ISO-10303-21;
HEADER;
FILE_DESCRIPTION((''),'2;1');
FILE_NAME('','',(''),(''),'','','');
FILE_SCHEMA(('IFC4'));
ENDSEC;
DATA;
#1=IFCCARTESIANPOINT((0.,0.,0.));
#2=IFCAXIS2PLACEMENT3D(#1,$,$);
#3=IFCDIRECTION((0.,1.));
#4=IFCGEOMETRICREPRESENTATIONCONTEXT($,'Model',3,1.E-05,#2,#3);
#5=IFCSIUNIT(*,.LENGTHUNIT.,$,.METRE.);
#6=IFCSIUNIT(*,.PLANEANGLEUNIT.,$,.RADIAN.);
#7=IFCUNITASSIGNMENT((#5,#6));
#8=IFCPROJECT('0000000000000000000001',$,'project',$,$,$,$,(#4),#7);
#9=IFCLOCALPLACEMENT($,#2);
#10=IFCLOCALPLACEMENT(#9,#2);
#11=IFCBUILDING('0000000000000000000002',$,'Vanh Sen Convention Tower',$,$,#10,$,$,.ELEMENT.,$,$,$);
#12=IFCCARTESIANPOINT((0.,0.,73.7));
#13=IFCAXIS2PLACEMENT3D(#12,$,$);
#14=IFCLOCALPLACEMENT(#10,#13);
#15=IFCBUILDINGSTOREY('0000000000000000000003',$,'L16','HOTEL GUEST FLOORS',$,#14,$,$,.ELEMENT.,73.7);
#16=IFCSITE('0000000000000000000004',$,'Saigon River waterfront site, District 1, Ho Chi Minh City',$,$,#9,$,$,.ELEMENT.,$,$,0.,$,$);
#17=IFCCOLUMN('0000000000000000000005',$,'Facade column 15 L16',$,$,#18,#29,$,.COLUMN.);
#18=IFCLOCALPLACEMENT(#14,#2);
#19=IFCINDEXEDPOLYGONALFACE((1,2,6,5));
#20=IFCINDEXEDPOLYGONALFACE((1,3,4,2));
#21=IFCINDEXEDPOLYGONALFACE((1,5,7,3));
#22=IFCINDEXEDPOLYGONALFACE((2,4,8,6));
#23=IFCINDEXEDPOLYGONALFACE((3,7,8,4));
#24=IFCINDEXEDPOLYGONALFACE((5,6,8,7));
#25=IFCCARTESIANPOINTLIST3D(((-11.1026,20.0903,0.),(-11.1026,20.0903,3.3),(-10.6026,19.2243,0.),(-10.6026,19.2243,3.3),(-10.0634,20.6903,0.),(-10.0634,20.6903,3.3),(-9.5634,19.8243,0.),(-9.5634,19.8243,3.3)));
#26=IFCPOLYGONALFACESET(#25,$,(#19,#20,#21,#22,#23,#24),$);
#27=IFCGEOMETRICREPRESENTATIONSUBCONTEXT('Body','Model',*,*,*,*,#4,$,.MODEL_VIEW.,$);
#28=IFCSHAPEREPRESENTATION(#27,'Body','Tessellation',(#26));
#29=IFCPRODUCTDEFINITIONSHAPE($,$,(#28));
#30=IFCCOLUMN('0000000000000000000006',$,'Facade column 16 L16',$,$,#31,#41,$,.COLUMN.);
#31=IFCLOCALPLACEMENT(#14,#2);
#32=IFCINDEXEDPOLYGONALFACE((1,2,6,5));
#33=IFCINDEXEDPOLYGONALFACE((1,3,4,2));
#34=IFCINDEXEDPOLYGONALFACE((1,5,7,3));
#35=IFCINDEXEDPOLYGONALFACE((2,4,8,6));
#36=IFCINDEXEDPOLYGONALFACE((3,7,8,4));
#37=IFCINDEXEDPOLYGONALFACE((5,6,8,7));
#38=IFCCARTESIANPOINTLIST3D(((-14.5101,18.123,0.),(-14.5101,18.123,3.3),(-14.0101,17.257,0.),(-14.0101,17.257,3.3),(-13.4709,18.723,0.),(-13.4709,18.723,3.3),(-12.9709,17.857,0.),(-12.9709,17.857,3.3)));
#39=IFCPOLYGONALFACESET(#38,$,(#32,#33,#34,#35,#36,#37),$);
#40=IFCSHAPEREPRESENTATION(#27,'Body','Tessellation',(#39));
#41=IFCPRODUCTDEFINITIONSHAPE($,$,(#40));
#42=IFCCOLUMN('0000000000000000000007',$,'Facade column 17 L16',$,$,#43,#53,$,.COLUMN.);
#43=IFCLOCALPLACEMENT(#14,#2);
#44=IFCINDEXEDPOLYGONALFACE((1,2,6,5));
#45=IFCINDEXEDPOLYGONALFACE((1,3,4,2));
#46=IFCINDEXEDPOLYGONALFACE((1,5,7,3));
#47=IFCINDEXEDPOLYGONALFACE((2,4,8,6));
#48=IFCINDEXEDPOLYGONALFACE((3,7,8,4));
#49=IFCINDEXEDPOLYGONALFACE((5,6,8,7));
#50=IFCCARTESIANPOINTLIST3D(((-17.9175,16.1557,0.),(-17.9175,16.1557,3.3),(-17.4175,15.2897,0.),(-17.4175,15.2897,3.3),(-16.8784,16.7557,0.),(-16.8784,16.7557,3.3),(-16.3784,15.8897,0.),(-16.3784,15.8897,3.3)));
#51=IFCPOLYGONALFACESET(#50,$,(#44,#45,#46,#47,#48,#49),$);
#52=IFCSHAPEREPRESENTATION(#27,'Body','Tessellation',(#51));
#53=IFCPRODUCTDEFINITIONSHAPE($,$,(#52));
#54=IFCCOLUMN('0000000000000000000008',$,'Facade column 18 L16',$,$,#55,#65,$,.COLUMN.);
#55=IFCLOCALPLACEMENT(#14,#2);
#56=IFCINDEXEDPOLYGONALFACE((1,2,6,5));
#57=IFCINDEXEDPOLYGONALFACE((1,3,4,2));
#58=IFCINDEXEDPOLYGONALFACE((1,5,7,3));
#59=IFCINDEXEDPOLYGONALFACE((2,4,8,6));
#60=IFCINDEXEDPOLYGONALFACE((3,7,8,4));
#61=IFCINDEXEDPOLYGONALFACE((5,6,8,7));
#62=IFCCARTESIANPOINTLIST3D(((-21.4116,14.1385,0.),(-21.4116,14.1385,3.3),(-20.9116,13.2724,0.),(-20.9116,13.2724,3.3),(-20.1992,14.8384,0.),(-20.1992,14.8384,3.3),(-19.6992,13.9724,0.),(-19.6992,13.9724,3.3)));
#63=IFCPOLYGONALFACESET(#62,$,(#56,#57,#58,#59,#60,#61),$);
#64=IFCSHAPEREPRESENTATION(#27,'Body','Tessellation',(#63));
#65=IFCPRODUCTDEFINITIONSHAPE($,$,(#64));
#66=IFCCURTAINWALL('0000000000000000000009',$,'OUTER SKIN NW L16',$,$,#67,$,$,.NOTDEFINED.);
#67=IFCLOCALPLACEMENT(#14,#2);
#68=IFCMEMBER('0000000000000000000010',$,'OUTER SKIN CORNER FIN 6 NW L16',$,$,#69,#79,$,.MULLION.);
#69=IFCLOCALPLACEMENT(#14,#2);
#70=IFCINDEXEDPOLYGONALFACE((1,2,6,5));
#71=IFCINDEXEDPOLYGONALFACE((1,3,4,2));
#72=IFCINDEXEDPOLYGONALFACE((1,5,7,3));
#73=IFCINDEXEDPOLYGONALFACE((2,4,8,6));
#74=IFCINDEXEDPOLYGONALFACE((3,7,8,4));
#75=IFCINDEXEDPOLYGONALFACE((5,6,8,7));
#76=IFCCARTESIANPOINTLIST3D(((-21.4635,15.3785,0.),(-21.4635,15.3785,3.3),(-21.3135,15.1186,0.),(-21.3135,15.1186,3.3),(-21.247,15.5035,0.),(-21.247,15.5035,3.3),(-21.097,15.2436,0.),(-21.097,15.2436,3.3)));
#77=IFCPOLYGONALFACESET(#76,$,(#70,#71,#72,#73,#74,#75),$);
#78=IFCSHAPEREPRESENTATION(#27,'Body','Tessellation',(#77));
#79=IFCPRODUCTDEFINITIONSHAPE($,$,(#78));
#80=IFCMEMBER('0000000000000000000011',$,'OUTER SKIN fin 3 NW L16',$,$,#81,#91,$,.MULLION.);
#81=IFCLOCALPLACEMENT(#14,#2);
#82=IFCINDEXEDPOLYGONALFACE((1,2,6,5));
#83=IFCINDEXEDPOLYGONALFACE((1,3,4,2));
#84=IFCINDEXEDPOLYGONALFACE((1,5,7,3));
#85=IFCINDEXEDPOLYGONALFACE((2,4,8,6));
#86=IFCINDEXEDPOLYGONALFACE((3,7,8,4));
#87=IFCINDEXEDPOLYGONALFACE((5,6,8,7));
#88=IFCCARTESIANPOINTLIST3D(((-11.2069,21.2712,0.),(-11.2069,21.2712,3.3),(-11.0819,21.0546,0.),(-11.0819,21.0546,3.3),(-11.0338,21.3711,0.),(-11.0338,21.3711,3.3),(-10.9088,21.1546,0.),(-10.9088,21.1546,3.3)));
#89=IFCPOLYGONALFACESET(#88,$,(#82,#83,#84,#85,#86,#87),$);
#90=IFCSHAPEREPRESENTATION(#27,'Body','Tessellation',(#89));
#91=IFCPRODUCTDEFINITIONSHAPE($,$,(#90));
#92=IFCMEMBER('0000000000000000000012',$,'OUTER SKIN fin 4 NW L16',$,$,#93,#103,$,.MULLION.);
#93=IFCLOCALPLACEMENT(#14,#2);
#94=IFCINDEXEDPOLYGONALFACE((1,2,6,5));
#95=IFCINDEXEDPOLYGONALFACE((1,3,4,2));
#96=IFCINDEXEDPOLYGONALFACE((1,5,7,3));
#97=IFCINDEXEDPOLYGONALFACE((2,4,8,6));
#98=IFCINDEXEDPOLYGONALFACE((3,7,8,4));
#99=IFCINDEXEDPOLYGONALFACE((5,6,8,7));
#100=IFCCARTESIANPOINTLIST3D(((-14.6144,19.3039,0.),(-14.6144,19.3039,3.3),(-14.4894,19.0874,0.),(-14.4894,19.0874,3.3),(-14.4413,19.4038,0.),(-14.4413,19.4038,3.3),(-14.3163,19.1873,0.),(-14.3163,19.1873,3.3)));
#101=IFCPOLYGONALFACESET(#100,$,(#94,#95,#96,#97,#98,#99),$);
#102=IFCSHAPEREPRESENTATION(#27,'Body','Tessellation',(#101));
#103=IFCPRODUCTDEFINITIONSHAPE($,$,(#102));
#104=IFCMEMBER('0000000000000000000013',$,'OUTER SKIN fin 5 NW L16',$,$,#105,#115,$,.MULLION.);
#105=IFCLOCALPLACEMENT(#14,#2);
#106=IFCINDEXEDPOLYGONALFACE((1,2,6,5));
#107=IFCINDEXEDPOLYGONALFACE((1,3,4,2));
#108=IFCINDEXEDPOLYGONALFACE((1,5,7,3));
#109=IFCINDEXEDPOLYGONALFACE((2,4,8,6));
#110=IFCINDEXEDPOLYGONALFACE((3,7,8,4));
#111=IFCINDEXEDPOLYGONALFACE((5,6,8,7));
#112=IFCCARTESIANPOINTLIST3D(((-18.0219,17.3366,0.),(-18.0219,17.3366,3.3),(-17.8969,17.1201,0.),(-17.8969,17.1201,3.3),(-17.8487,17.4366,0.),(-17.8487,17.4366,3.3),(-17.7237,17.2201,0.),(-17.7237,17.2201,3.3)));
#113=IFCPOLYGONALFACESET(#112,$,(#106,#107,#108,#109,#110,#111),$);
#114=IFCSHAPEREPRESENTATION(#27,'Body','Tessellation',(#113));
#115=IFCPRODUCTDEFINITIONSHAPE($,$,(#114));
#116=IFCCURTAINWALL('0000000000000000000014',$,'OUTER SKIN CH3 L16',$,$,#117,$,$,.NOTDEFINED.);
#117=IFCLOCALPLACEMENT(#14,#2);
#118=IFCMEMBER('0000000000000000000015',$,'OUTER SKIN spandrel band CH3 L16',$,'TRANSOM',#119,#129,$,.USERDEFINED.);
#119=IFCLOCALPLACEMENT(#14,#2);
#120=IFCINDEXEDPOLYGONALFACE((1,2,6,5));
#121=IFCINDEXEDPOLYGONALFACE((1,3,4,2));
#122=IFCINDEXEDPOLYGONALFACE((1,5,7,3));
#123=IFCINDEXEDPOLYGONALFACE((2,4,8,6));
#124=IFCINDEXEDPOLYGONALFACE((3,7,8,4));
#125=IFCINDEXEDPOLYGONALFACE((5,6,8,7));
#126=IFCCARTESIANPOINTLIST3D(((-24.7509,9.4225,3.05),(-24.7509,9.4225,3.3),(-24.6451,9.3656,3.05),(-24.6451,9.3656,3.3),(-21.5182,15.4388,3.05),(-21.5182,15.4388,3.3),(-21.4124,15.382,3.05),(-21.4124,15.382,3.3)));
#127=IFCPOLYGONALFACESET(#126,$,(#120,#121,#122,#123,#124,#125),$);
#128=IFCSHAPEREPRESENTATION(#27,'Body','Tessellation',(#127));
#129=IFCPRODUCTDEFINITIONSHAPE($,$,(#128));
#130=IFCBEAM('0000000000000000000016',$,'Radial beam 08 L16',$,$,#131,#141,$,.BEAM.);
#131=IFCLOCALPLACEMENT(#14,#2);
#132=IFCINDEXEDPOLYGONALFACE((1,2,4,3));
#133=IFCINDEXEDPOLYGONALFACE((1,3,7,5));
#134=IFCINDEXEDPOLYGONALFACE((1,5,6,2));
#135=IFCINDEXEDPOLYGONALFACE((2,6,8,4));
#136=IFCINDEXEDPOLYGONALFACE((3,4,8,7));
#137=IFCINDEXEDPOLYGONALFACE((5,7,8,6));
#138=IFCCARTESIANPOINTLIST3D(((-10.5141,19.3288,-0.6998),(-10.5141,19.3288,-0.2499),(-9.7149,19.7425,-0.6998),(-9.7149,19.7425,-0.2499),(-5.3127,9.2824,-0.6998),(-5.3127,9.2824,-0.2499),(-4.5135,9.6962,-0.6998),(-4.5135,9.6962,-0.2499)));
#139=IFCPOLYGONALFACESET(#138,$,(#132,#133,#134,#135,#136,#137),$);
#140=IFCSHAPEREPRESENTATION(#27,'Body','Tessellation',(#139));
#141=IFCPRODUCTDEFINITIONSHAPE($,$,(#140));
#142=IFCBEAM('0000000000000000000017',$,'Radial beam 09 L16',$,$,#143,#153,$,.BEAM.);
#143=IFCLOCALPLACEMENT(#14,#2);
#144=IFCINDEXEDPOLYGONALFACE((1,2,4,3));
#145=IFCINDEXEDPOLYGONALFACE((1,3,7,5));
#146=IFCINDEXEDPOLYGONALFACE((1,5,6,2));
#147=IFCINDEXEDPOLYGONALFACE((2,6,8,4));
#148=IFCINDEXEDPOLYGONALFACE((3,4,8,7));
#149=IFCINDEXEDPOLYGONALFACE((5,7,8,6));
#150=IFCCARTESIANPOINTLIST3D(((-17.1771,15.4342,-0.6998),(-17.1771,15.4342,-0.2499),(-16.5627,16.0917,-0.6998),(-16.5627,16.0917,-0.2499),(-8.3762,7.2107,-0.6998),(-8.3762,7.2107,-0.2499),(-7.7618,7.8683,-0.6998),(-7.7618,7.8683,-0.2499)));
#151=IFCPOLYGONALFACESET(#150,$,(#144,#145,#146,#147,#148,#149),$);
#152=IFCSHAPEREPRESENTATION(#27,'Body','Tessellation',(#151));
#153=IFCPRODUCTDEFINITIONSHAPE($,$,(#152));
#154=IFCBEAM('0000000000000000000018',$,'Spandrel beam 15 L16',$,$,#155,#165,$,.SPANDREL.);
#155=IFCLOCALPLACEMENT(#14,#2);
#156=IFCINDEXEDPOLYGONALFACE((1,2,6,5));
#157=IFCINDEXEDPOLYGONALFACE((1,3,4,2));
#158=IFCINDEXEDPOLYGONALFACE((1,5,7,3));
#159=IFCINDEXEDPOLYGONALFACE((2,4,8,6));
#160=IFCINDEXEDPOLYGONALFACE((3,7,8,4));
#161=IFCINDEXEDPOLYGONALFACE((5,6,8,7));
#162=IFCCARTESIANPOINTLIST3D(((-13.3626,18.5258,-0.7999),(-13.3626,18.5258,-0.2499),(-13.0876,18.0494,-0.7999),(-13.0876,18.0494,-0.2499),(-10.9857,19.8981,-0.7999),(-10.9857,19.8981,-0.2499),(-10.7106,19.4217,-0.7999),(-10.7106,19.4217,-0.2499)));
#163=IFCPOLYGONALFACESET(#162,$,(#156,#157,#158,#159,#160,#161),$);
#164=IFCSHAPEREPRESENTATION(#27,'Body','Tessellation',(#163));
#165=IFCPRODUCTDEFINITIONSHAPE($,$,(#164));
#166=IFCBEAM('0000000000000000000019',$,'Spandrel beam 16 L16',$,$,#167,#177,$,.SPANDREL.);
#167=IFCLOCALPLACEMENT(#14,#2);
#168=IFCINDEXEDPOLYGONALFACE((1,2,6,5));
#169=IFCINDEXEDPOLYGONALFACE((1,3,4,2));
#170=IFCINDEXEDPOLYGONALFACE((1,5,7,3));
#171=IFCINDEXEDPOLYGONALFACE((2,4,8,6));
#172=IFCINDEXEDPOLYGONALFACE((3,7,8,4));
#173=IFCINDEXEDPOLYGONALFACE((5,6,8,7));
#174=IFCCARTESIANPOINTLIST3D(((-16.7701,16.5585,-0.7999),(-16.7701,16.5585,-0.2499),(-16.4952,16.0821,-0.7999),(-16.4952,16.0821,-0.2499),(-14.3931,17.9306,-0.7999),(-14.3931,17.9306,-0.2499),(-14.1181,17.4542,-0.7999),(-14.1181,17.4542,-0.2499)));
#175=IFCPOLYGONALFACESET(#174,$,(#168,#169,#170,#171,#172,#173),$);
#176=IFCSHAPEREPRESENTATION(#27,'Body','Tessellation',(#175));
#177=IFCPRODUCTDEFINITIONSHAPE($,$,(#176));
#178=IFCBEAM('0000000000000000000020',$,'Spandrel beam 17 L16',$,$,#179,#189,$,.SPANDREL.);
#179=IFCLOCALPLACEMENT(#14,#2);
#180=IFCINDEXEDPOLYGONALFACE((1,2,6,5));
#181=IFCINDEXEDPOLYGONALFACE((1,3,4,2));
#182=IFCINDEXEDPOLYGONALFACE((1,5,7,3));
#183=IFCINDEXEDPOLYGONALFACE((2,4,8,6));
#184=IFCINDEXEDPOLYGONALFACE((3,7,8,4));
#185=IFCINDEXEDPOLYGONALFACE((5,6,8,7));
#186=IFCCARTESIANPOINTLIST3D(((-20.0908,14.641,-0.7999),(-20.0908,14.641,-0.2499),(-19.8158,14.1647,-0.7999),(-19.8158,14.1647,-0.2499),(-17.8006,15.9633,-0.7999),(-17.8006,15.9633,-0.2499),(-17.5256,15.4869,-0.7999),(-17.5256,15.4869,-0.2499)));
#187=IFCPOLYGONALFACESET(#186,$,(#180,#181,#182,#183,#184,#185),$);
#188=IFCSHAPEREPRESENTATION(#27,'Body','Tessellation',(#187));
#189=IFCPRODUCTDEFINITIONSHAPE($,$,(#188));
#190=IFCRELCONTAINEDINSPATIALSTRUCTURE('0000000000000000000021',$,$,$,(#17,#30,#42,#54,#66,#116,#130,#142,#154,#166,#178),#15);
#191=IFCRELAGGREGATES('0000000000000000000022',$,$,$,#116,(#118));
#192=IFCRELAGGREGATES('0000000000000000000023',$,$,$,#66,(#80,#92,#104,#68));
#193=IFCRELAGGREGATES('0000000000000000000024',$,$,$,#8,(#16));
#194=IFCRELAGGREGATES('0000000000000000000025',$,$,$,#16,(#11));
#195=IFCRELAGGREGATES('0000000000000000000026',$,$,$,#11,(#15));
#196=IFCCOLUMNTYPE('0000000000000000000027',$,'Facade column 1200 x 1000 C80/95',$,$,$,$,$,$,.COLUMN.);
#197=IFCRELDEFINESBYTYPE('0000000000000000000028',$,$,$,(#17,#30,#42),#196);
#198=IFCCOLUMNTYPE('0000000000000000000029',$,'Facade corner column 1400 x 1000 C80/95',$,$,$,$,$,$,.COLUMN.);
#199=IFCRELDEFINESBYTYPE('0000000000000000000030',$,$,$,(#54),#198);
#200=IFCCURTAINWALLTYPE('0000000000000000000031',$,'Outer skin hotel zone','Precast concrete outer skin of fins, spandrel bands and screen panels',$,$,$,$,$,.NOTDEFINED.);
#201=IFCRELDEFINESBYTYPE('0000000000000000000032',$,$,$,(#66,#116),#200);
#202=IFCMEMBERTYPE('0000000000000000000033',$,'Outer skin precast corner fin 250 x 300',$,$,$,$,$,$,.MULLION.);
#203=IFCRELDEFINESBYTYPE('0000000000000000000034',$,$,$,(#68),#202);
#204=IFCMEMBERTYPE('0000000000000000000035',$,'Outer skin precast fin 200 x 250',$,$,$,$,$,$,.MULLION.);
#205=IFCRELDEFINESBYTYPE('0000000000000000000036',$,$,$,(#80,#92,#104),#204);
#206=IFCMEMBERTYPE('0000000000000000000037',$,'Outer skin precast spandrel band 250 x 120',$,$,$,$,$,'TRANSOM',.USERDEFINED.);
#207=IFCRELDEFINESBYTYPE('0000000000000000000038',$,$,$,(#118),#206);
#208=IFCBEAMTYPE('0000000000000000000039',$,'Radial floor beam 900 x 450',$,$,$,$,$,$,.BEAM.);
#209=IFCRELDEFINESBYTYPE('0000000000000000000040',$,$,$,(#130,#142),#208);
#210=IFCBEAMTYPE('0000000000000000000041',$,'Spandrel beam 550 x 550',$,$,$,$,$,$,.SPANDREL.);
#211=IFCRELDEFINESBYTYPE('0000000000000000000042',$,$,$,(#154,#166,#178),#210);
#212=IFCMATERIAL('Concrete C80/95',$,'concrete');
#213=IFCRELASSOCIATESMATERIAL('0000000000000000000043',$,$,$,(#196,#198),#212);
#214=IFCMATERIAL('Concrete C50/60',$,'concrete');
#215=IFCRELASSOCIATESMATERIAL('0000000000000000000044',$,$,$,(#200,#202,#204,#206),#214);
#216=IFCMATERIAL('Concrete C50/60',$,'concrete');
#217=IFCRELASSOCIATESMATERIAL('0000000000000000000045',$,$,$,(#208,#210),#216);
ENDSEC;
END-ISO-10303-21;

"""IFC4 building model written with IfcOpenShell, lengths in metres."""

from ifc_helpers import new_model, si_unit, direction, frame, origin, origin_2d, place, context, subcontext, project, spatial, rectangle, extrude, material, material_profile, profile_set, type_object, element, aggregate, save


model = new_model("IFC4")

# Units and contexts
model_context = context("Model", 3, precision=1e-05, world=origin(), true_north=direction((0.0, 1.0)))
body_context = subcontext(model_context, "Body", "Model", "MODEL_VIEW")
ifc_project = project(units=[si_unit("LENGTHUNIT", "METRE"), si_unit("PLANEANGLEUNIT", "RADIAN")], contexts=[model_context])

# Site, building, storey
site_placement = place(None, origin())
site = spatial("IfcSite", under=ifc_project, at=site_placement, Name="Saigon River waterfront site, District 1, Ho Chi Minh City", CompositionType="ELEMENT", RefElevation=0.0)
building_placement = place(site_placement, origin())
building = spatial("IfcBuilding", under=site, at=building_placement, Name="Vanh Sen Convention Tower", CompositionType="ELEMENT")
storey_placement = place(building_placement, frame((0.0, 0.0, 73.7)))
storey = spatial("IfcBuildingStorey", under=building, at=storey_placement, Name="L16", Description="HOTEL GUEST FLOORS", CompositionType="ELEMENT", Elevation=73.7)

# Columns
ifc_material_1 = material(Name="Concrete C80/95", Category="concrete")
ifc_material_profile_1 = material_profile(ifc_material_1, rectangle(XDim=1.2, YDim=1.0, at=origin_2d()), Name="RC 1200X1000")
ifc_profile_set_1 = profile_set([ifc_material_profile_1], Name="Concrete C80/95")
column_type_1 = type_object("IfcColumnType", Name="Facade column 1200 x 1000 C80/95", PredefinedType="COLUMN", material=ifc_profile_set_1)
for number, where, z_axis, x_axis, name in (
    (1, (-10.333, 19.9573, 0.0), (0.0, 0.0, 1.0), (-0.866025, -0.5, 0.0), "Facade column 15 L16"),
    (2, (-13.7405, 17.99, 0.0), (0.0, 0.0, 1.0), (-0.866025, -0.5, 0.0), "Facade column 16 L16"),
    (3, (-17.1479, 16.0227, 0.0), (0.0, 0.0, 1.0), (-0.866025, -0.5, 0.0), "Facade column 17 L16"),
):
    element("IfcColumn", number, at=place(storey_placement, frame(where, z_axis=z_axis, x_axis=x_axis)), inside=storey, type_object=column_type_1, Name=name, PredefinedType="COLUMN", context=body_context, shape_type="SweptSolid", body=[
        extrude(rectangle(XDim=1.2, YDim=1.0, at=origin_2d()), origin(), (0.0, 0.0, 1.0), 3.3),
    ])
ifc_material_profile_2 = material_profile(ifc_material_1, rectangle(XDim=1.3999, YDim=1.0, at=origin_2d()), Name="RC 1400X1000")
ifc_profile_set_2 = profile_set([ifc_material_profile_2], Name="Concrete C80/95")
column_type_2 = type_object("IfcColumnType", Name="Facade corner column 1400 x 1000 C80/95", PredefinedType="COLUMN", material=ifc_profile_set_2)
column_placement = place(storey_placement, frame((-20.5554, 14.0554, 0.0), z_axis=(0.0, 0.0, 1.0), x_axis=(-0.866025, -0.5, 0.0)))
element("IfcColumn", 4, at=column_placement, inside=storey, type_object=column_type_2, Name="Facade column 18 L16", PredefinedType="COLUMN", context=body_context, shape_type="SweptSolid", body=[
    extrude(rectangle(XDim=1.3999, YDim=1.0, at=origin_2d()), origin(), (0.0, 0.0, 1.0), 3.3),
])

# Curtain wall, members
ifc_material_2 = material(Name="Concrete C50/60", Category="concrete")
curtain_wall_type = type_object("IfcCurtainWallType", Name="Outer skin hotel zone", Description="Precast concrete outer skin of fins, spandrel bands and screen panels", PredefinedType="NOTDEFINED", material=ifc_material_2)
curtain_wall_1_placement = place(storey_placement, origin())
curtain_wall_1 = element("IfcCurtainWall", 5, at=curtain_wall_1_placement, inside=storey, type_object=curtain_wall_type, Name="OUTER SKIN NW L16", PredefinedType="NOTDEFINED")
ifc_material_profile_3 = material_profile(ifc_material_2, rectangle(XDim=0.25, YDim=0.3, at=origin_2d()), Name="Outer skin precast corner fin 250 x 300")
ifc_profile_set_3 = profile_set([ifc_material_profile_3], Name="Concrete C50/60")
member_type_1 = type_object("IfcMemberType", Name="Outer skin precast corner fin 250 x 300", PredefinedType="MULLION", material=ifc_profile_set_3)
member_1_placement = place(storey_placement, frame((-21.2803, 15.311, 0.0), z_axis=(0.0, 0.0, 1.0), x_axis=(-0.866025, -0.5, 0.0)))
member_1 = element("IfcMember", 6, at=member_1_placement, type_object=member_type_1, Name="OUTER SKIN CORNER FIN 6 NW L16", PredefinedType="MULLION", context=body_context, shape_type="SweptSolid", body=[
    extrude(rectangle(XDim=0.25, YDim=0.3, at=origin_2d()), origin(), (0.0, 0.0, 1.0), 3.3),
])
ifc_material_profile_4 = material_profile(ifc_material_2, rectangle(XDim=0.2, YDim=0.25, at=origin_2d()), Name="Outer skin precast fin 200 x 250")
ifc_profile_set_4 = profile_set([ifc_material_profile_4], Name="Concrete C50/60")
member_type_2 = type_object("IfcMemberType", Name="Outer skin precast fin 200 x 250", PredefinedType="MULLION", material=ifc_profile_set_4)
member_2_placement = place(storey_placement, frame((-11.0579, 21.2129, 0.0), z_axis=(0.0, 0.0, 1.0), x_axis=(-0.866025, -0.5, 0.0)))
member_2 = element("IfcMember", 7, at=member_2_placement, type_object=member_type_2, Name="OUTER SKIN fin 3 NW L16", PredefinedType="MULLION", context=body_context, shape_type="SweptSolid", body=[
    extrude(rectangle(XDim=0.2, YDim=0.25, at=origin_2d()), origin(), (0.0, 0.0, 1.0), 3.3),
])
member_3_placement = place(storey_placement, frame((-14.4653, 19.2456, 0.0), z_axis=(0.0, 0.0, 1.0), x_axis=(-0.866025, -0.5, 0.0)))
member_3 = element("IfcMember", 8, at=member_3_placement, type_object=member_type_2, Name="OUTER SKIN fin 4 NW L16", PredefinedType="MULLION", context=body_context, shape_type="SweptSolid", body=[
    extrude(rectangle(XDim=0.2, YDim=0.25, at=origin_2d()), origin(), (0.0, 0.0, 1.0), 3.3),
])
member_4_placement = place(storey_placement, frame((-17.8728, 17.2783, 0.0), z_axis=(0.0, 0.0, 1.0), x_axis=(-0.866025, -0.5, 0.0)))
member_4 = element("IfcMember", 9, at=member_4_placement, type_object=member_type_2, Name="OUTER SKIN fin 5 NW L16", PredefinedType="MULLION", context=body_context, shape_type="SweptSolid", body=[
    extrude(rectangle(XDim=0.2, YDim=0.25, at=origin_2d()), origin(), (0.0, 0.0, 1.0), 3.3),
])

# Curtain wall, member
curtain_wall_2_placement = place(storey_placement, origin())
curtain_wall_2 = element("IfcCurtainWall", 10, at=curtain_wall_2_placement, inside=storey, type_object=curtain_wall_type, Name="OUTER SKIN CH3 L16", PredefinedType="NOTDEFINED")
ifc_material_profile_5 = material_profile(ifc_material_2, rectangle(XDim=0.1201, YDim=0.25, at=origin_2d()), Name="Outer skin precast spandrel band 250 x 120")
ifc_profile_set_5 = profile_set([ifc_material_profile_5], Name="Concrete C50/60")
member_type_3 = type_object("IfcMemberType", Name="Outer skin precast spandrel band 250 x 120", ElementType="TRANSOM", PredefinedType="USERDEFINED", material=ifc_profile_set_5)
member_5_placement = place(storey_placement, frame((-21.4653, 15.4104, 3.175), z_axis=(-0.473315, -0.880893, 0.0), x_axis=(0.880893, -0.473315, 0.0)))
member_5 = element("IfcMember", 11, at=member_5_placement, type_object=member_type_3, Name="OUTER SKIN spandrel band CH3 L16", ObjectType="TRANSOM", PredefinedType="USERDEFINED", context=body_context, shape_type="SweptSolid", body=[
    extrude(rectangle(XDim=0.1201, YDim=0.25, at=origin_2d()), origin(), (0.0, 0.0, 1.0), 6.8298),
])
aggregate(curtain_wall_2, [member_5])

# Beams
ifc_material_3 = material(Name="Concrete C50/60", Category="concrete")
ifc_material_profile_6 = material_profile(ifc_material_3, rectangle(XDim=0.8999, YDim=0.45, at=origin_2d()), Name="RC 900X450")
ifc_profile_set_6 = profile_set([ifc_material_profile_6], Name="Concrete C50/60")
beam_type_1 = type_object("IfcBeamType", Name="Radial floor beam 900 x 450", PredefinedType="BEAM", material=ifc_profile_set_6)
beam_1_placement = place(storey_placement, frame((-10.1145, 19.5356, -0.4749), z_axis=(0.459772, -0.888037, 0.0), x_axis=(0.888037, 0.459772, 0.0)))
element("IfcBeam", 12, at=beam_1_placement, inside=storey, type_object=beam_type_1, Name="Radial beam 08 L16", PredefinedType="BEAM", context=body_context, shape_type="SweptSolid", body=[
    extrude(rectangle(XDim=0.8999, YDim=0.45, at=origin_2d()), origin(), (0.0, 0.0, 1.0), 11.313),
])
beam_2_placement = place(storey_placement, frame((-16.8699, 15.7629, -0.4749), z_axis=(0.730669, -0.682732, 0.0), x_axis=(0.682732, 0.730669, 0.0)))
element("IfcBeam", 13, at=beam_2_placement, inside=storey, type_object=beam_type_1, Name="Radial beam 09 L16", PredefinedType="BEAM", context=body_context, shape_type="SweptSolid", body=[
    extrude(rectangle(XDim=0.8999, YDim=0.45, at=origin_2d()), origin(), (0.0, 0.0, 1.0), 12.0449),
])
ifc_material_profile_7 = material_profile(ifc_material_3, rectangle(XDim=0.55, YDim=0.55, at=origin_2d()), Name="RC 550X550")
ifc_profile_set_7 = profile_set([ifc_material_profile_7], Name="Concrete C50/60")
beam_type_2 = type_object("IfcBeamType", Name="Spandrel beam 550 x 550", PredefinedType="SPANDREL", material=ifc_profile_set_7)
for number, where, z_axis, x_axis, name in (
    (14, (-10.8481, 19.6599, -0.5249), (-0.866029, -0.499995, 0.0), (0.499995, -0.866029, 0.0), "Spandrel beam 15 L16"),
    (15, (-14.2556, 17.6924, -0.5249), (-0.866067, -0.499928, 0.0), (0.499928, -0.866067, 0.0), "Spandrel beam 16 L16"),
):
    element("IfcBeam", number, at=place(storey_placement, frame(where, z_axis=z_axis, x_axis=x_axis)), inside=storey, type_object=beam_type_2, Name=name, PredefinedType="SPANDREL", context=body_context, shape_type="SweptSolid", body=[
        extrude(rectangle(XDim=0.55, YDim=0.55, at=origin_2d()), origin(), (0.0, 0.0, 1.0), 2.7446),
    ])
beam_3_placement = place(storey_placement, frame((-17.6631, 15.7251, -0.5249), z_axis=(-0.86603, -0.499991, 0.0), x_axis=(0.499991, -0.86603, 0.0)))
element("IfcBeam", 16, at=beam_3_placement, inside=storey, type_object=beam_type_2, Name="Spandrel beam 17 L16", PredefinedType="SPANDREL", context=body_context, shape_type="SweptSolid", body=[
    extrude(rectangle(XDim=0.55, YDim=0.55, at=origin_2d()), origin(), (0.0, 0.0, 1.0), 2.6445),
])

aggregate(curtain_wall_1, [member_2, member_3, member_4, member_1])

save(model, "model.ifc")
